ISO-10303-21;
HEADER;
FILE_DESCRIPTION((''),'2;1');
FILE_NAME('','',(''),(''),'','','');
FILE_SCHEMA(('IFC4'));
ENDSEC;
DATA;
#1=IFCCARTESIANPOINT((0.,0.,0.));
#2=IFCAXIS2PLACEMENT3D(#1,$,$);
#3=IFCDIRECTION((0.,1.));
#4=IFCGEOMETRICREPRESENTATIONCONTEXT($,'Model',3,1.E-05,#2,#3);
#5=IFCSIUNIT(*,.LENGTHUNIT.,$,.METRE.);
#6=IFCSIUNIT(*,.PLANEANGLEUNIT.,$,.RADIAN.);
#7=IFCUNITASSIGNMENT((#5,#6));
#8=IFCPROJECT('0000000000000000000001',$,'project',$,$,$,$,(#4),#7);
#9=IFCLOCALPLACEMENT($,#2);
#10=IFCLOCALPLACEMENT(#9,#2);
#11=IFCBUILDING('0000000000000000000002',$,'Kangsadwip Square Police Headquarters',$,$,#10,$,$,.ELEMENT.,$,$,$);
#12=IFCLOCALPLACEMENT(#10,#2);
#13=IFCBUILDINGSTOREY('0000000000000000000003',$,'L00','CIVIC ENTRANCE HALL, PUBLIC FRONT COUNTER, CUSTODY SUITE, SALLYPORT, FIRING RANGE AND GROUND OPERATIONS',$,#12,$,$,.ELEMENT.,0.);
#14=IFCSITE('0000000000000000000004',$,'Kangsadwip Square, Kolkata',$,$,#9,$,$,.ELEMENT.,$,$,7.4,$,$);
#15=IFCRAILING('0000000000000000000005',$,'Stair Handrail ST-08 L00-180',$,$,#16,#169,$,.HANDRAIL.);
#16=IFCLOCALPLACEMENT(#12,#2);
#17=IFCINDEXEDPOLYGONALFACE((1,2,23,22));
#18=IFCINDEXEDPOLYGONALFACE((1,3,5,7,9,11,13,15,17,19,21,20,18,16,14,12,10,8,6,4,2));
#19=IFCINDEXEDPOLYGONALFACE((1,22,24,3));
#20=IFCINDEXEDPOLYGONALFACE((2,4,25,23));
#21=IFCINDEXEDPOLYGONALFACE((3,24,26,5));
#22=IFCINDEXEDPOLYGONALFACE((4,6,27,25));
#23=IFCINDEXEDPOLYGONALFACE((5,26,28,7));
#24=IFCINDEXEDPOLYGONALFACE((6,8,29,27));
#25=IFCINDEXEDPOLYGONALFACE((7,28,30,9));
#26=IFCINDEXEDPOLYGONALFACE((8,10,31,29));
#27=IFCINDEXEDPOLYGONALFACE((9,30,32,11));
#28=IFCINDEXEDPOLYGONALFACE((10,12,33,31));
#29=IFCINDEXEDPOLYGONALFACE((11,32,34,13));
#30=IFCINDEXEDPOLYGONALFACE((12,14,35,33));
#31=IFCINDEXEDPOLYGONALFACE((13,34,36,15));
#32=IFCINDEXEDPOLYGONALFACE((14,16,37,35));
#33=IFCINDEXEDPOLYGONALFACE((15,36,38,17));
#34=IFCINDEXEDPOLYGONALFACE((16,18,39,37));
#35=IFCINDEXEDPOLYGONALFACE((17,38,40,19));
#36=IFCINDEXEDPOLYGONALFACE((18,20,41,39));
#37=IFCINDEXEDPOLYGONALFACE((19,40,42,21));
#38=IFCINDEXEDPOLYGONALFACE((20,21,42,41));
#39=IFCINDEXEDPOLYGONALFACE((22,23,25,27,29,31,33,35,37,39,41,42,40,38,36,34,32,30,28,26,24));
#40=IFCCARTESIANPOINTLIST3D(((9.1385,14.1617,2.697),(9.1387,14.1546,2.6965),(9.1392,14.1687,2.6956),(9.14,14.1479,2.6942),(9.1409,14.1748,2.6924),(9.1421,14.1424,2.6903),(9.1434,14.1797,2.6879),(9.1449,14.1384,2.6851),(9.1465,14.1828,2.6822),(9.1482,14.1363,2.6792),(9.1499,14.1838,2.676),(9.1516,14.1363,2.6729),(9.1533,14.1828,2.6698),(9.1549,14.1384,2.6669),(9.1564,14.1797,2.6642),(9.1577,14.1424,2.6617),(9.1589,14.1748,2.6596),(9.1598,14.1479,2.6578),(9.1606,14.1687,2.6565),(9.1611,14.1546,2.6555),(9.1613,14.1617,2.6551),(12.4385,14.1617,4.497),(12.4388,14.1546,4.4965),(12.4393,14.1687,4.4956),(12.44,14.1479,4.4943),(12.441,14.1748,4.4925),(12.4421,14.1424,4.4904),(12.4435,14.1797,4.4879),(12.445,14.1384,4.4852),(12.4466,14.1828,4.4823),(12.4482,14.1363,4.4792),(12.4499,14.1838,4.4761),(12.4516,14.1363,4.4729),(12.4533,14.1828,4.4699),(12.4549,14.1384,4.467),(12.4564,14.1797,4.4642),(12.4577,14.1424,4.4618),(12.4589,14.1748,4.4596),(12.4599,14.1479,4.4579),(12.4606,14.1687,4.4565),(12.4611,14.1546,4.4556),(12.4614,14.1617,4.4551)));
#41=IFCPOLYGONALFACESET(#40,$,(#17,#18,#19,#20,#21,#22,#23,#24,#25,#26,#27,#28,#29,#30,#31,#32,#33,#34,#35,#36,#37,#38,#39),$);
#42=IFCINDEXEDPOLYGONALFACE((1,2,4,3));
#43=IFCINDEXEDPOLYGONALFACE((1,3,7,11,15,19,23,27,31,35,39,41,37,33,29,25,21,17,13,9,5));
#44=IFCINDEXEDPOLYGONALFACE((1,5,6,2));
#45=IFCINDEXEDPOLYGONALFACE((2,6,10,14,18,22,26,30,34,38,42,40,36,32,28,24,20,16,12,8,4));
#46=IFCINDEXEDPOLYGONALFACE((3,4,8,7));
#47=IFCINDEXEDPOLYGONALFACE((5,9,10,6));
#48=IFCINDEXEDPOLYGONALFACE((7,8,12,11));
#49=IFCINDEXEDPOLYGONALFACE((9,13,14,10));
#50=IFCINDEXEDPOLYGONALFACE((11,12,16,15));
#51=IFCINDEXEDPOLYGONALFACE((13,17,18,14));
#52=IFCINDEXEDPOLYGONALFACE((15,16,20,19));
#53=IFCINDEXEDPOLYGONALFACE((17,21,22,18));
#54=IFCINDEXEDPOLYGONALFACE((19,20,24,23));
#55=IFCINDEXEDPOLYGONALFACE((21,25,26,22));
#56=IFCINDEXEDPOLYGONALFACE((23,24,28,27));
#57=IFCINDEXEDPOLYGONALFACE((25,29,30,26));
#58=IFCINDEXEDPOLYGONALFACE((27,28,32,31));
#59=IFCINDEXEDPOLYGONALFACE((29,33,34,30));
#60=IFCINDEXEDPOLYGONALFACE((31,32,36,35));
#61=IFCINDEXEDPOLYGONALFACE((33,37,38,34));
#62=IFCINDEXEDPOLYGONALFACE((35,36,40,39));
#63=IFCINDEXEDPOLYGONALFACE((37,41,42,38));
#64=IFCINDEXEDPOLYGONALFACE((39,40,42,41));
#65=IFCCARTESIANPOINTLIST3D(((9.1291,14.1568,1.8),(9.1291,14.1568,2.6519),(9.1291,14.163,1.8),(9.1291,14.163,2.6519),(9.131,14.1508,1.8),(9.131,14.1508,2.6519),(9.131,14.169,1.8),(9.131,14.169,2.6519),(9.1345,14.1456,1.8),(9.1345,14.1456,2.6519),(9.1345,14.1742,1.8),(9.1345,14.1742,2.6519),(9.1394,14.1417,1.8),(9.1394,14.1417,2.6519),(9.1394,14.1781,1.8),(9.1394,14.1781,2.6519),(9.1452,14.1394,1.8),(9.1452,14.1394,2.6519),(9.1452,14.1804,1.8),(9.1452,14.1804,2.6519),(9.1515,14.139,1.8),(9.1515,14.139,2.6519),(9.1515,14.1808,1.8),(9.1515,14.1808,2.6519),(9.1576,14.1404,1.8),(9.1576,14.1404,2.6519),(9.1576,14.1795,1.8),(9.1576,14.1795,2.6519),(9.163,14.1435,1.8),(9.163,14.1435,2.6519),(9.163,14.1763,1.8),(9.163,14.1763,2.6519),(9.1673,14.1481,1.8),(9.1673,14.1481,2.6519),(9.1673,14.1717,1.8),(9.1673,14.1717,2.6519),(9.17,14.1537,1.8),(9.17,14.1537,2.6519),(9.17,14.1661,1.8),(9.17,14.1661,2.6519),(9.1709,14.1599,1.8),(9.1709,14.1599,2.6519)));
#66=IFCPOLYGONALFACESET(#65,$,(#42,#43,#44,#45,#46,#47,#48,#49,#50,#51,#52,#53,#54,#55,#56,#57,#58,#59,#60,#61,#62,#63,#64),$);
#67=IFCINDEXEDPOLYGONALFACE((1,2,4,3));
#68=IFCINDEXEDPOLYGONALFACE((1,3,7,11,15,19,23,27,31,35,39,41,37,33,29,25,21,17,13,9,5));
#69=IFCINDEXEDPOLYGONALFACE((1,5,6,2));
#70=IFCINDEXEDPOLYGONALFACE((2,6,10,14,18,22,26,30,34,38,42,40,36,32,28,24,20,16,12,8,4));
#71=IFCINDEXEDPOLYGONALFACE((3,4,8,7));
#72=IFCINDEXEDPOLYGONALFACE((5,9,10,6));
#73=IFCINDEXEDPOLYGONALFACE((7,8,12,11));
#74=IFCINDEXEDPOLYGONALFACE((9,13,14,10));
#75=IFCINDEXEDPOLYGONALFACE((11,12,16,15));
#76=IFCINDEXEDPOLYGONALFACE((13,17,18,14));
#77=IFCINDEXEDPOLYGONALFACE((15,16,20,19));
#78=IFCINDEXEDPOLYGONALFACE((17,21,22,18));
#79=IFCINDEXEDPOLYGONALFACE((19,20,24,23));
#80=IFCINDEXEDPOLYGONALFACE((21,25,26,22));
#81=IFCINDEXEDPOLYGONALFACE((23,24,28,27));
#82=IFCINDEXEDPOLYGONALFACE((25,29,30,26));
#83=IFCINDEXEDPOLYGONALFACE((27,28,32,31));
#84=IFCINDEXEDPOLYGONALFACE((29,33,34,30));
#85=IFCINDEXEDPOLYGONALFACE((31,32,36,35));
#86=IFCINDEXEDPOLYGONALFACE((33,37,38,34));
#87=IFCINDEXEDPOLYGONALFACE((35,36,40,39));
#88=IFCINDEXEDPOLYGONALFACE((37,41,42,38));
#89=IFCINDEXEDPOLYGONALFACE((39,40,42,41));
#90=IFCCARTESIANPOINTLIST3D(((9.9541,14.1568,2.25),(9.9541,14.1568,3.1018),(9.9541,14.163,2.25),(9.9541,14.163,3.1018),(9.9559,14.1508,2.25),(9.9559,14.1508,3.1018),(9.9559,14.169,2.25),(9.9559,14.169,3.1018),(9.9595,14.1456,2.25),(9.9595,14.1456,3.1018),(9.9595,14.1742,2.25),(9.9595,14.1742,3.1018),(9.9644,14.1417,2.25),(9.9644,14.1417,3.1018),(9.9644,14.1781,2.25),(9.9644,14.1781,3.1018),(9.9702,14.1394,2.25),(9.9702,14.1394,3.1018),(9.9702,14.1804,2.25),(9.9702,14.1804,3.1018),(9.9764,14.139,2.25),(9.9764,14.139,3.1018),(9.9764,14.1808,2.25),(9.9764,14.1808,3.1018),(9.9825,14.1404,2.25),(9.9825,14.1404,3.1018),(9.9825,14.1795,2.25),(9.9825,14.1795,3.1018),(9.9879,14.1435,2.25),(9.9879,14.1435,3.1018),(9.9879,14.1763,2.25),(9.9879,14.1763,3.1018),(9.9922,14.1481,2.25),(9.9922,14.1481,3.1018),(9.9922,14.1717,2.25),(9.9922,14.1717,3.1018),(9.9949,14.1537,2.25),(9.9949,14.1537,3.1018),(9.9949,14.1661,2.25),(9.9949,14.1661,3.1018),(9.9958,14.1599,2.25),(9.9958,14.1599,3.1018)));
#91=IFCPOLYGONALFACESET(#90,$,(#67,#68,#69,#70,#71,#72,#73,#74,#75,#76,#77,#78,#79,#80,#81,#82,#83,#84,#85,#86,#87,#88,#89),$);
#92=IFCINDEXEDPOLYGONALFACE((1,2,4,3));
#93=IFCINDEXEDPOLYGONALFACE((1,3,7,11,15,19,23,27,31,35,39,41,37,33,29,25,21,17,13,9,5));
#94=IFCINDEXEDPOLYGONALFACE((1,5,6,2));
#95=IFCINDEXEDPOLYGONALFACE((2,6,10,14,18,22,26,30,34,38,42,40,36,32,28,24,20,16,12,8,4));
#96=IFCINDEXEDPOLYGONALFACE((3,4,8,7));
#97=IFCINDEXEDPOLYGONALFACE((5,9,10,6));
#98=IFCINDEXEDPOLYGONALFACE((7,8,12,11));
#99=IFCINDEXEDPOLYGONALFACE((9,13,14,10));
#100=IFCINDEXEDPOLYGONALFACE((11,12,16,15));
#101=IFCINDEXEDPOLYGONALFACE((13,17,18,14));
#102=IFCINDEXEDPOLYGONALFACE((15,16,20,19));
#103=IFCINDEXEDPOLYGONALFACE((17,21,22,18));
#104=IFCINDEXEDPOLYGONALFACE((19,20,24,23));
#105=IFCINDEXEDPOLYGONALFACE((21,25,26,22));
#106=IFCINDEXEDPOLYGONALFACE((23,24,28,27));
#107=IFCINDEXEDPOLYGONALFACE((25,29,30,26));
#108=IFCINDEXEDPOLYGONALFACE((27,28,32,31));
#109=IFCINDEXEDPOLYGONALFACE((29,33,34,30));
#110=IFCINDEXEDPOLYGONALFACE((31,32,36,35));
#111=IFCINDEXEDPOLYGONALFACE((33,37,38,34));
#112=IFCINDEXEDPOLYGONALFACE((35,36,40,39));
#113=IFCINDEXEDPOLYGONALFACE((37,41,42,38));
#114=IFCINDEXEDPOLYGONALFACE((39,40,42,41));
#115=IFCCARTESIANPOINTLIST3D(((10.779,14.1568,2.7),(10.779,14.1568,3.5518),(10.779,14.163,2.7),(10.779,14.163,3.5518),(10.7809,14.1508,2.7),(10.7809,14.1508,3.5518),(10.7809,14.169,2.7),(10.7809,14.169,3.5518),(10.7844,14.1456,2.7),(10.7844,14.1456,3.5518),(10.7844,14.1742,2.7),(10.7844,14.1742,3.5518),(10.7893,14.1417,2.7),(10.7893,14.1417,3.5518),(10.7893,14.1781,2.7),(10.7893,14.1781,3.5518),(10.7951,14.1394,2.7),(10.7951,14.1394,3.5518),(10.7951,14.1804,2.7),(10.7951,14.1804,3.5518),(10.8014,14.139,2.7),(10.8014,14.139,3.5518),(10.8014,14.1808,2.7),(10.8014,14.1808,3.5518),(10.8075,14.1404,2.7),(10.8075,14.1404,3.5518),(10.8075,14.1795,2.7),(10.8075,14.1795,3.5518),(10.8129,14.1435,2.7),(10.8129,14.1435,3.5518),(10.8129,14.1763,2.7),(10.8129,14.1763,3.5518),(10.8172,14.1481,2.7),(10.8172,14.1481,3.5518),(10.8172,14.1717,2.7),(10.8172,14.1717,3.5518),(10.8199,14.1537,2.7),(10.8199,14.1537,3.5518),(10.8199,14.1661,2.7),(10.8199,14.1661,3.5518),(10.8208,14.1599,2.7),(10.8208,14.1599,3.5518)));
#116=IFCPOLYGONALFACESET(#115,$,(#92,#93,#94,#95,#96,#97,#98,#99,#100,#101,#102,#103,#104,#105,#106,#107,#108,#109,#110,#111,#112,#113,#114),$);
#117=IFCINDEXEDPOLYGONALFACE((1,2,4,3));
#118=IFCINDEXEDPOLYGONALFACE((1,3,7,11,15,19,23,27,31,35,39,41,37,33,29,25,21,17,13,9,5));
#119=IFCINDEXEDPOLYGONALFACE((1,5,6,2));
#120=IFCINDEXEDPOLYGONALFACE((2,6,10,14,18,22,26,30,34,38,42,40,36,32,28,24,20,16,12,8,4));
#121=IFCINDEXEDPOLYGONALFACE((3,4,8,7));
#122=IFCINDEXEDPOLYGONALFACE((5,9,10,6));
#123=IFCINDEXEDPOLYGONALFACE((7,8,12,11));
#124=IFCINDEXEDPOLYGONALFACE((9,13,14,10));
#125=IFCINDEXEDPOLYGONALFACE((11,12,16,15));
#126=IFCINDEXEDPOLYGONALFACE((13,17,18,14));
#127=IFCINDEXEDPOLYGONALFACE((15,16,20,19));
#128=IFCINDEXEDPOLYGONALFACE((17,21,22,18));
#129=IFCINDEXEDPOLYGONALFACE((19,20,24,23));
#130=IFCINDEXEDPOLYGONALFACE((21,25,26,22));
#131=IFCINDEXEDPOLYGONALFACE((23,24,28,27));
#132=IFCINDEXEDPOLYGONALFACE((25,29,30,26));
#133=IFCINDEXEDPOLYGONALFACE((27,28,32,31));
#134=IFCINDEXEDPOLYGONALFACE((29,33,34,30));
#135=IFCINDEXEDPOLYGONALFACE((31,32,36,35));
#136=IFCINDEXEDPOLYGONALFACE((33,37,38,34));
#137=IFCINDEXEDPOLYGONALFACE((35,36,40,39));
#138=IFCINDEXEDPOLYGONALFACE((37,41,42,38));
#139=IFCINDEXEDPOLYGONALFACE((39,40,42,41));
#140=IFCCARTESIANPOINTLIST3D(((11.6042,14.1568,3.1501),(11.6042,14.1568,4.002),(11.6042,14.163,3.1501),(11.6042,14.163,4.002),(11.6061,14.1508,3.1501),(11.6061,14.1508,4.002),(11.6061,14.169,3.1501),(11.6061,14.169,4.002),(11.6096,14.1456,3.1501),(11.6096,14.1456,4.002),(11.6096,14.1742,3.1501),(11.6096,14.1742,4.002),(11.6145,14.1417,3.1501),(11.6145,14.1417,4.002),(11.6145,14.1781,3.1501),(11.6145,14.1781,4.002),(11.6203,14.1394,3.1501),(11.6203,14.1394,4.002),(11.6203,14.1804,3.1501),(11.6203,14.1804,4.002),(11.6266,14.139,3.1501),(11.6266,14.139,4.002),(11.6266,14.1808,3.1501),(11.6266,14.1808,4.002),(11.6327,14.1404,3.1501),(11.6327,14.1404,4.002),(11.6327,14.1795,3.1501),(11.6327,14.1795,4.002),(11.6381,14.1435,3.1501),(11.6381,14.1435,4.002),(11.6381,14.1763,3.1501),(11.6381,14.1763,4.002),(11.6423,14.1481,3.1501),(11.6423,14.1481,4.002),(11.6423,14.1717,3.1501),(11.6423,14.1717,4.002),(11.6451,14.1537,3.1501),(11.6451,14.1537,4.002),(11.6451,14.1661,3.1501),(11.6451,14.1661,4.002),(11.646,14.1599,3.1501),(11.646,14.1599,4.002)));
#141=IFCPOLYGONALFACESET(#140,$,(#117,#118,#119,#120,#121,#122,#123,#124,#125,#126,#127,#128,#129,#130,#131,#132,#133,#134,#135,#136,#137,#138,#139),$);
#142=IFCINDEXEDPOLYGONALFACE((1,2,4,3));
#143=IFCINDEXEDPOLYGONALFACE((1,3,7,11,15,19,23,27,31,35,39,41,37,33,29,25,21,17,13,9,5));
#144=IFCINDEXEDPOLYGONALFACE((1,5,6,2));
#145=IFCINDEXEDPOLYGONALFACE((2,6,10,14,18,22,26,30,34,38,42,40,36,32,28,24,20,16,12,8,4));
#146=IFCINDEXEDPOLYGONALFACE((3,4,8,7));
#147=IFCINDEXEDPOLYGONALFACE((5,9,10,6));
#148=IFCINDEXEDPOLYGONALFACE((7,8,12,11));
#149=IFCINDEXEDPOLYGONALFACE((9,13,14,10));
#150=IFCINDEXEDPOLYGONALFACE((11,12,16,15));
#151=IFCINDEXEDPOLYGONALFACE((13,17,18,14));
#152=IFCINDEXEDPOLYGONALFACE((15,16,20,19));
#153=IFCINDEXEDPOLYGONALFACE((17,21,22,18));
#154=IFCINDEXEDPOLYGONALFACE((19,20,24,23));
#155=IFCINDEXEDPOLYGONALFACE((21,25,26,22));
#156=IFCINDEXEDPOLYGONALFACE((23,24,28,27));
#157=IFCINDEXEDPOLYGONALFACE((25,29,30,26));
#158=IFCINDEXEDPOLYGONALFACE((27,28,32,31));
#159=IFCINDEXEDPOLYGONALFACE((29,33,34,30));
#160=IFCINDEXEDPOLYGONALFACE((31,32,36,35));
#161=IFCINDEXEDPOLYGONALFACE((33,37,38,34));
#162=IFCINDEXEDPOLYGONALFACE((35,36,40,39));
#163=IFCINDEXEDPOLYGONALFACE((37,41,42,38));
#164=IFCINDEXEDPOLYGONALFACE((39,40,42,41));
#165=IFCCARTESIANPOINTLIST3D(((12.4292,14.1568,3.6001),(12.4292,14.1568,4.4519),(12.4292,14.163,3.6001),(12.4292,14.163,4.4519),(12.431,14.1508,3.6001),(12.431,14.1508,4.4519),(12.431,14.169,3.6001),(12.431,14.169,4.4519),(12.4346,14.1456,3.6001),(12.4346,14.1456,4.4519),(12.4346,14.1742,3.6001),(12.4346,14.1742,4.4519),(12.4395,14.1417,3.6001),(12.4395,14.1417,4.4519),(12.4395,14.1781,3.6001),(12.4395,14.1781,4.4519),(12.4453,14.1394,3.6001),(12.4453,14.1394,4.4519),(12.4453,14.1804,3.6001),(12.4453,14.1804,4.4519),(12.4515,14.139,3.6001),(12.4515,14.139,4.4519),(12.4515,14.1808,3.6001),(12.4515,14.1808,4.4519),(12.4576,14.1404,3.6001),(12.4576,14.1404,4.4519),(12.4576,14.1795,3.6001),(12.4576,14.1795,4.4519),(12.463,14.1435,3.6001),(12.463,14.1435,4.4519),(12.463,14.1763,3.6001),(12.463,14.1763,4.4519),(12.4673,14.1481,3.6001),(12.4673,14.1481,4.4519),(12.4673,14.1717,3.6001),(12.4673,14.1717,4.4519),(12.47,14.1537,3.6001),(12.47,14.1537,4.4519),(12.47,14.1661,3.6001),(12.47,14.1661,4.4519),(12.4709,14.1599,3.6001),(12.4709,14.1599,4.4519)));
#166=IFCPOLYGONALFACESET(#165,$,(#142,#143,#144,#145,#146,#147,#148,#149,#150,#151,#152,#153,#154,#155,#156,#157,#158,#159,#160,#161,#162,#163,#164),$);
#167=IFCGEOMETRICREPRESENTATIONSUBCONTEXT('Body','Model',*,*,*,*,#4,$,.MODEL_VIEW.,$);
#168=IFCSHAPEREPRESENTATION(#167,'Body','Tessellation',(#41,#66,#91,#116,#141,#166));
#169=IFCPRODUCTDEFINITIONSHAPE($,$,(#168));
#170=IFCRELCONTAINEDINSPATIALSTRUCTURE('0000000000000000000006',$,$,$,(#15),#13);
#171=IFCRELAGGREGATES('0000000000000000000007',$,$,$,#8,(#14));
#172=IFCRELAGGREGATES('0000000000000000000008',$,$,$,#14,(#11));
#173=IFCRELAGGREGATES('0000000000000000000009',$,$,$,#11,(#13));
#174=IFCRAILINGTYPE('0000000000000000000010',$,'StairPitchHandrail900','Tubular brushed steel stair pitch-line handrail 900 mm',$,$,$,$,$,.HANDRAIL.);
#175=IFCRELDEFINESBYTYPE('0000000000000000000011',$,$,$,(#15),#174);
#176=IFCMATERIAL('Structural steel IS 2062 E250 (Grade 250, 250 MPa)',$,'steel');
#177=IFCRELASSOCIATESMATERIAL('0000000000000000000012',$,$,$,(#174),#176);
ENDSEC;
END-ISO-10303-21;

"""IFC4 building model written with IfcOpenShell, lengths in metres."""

from ifc_helpers import new_model, si_unit, direction, frame, origin, origin_2d, place, context, subcontext, project, spatial, circle, extrude, material, type_object, element, save


model = new_model("IFC4")

# Units and contexts
model_context = context("Model", 3, precision=1e-05, world=origin(), true_north=direction((0.0, 1.0)))
body_context = subcontext(model_context, "Body", "Model", "MODEL_VIEW")
ifc_project = project(units=[si_unit("LENGTHUNIT", "METRE"), si_unit("PLANEANGLEUNIT", "RADIAN")], contexts=[model_context])

# Site, building, storey
site_placement = place(None, origin())
site = spatial("IfcSite", under=ifc_project, at=site_placement, Name="Kangsadwip Square, Kolkata", CompositionType="ELEMENT", RefElevation=7.4)
building_placement = place(site_placement, origin())
building = spatial("IfcBuilding", under=site, at=building_placement, Name="Kangsadwip Square Police Headquarters", CompositionType="ELEMENT")
storey_placement = place(building_placement, origin())
storey = spatial("IfcBuildingStorey", under=building, at=storey_placement, Name="L00", Description="CIVIC ENTRANCE HALL, PUBLIC FRONT COUNTER, CUSTODY SUITE, SALLYPORT, FIRING RANGE AND GROUND OPERATIONS", CompositionType="ELEMENT", Elevation=0.0)

# Railing
ifc_material_1 = material(Name="Structural steel IS 2062 E250 (Grade 250, 250 MPa)", Category="steel")
railing_type = type_object("IfcRailingType", Name="StairPitchHandrail900", Description="Tubular brushed steel stair pitch-line handrail 900 mm", PredefinedType="HANDRAIL", material=ifc_material_1)
railing_1_placement = place(storey_placement, frame((9.1499, 14.1599, 1.8)))
element("IfcRailing", 1, at=railing_1_placement, inside=storey, type_object=railing_type, Name="Stair Handrail ST-08 L00-180", PredefinedType="HANDRAIL", context=body_context, shape_type="SweptSolid", body=[
    extrude(circle(Radius=0.0239, at=origin_2d()), frame((0.0, 0.0, 0.876), z_axis=(0.877893, 0.0, 0.478857), x_axis=(0.0, 1.0, 0.0)), (0.0, 0.0, 1.0), 3.759),
    extrude(circle(Radius=0.021, at=origin_2d()), origin(), (0.0, 0.0, 1.0), 0.8518),
    extrude(circle(Radius=0.021, at=origin_2d()), frame((0.825, 0.0, 0.45)), (0.0, 0.0, 1.0), 0.8518),
    extrude(circle(Radius=0.021, at=origin_2d()), frame((1.6499, 0.0, 0.8999)), (0.0, 0.0, 1.0), 0.8518),
    extrude(circle(Radius=0.021, at=origin_2d()), frame((2.4751, 0.0, 1.3501)), (0.0, 0.0, 1.0), 0.8518),
    extrude(circle(Radius=0.021, at=origin_2d()), frame((3.3, 0.0, 1.8)), (0.0, 0.0, 1.0), 0.8518),
])

save(model, "model.ifc")
